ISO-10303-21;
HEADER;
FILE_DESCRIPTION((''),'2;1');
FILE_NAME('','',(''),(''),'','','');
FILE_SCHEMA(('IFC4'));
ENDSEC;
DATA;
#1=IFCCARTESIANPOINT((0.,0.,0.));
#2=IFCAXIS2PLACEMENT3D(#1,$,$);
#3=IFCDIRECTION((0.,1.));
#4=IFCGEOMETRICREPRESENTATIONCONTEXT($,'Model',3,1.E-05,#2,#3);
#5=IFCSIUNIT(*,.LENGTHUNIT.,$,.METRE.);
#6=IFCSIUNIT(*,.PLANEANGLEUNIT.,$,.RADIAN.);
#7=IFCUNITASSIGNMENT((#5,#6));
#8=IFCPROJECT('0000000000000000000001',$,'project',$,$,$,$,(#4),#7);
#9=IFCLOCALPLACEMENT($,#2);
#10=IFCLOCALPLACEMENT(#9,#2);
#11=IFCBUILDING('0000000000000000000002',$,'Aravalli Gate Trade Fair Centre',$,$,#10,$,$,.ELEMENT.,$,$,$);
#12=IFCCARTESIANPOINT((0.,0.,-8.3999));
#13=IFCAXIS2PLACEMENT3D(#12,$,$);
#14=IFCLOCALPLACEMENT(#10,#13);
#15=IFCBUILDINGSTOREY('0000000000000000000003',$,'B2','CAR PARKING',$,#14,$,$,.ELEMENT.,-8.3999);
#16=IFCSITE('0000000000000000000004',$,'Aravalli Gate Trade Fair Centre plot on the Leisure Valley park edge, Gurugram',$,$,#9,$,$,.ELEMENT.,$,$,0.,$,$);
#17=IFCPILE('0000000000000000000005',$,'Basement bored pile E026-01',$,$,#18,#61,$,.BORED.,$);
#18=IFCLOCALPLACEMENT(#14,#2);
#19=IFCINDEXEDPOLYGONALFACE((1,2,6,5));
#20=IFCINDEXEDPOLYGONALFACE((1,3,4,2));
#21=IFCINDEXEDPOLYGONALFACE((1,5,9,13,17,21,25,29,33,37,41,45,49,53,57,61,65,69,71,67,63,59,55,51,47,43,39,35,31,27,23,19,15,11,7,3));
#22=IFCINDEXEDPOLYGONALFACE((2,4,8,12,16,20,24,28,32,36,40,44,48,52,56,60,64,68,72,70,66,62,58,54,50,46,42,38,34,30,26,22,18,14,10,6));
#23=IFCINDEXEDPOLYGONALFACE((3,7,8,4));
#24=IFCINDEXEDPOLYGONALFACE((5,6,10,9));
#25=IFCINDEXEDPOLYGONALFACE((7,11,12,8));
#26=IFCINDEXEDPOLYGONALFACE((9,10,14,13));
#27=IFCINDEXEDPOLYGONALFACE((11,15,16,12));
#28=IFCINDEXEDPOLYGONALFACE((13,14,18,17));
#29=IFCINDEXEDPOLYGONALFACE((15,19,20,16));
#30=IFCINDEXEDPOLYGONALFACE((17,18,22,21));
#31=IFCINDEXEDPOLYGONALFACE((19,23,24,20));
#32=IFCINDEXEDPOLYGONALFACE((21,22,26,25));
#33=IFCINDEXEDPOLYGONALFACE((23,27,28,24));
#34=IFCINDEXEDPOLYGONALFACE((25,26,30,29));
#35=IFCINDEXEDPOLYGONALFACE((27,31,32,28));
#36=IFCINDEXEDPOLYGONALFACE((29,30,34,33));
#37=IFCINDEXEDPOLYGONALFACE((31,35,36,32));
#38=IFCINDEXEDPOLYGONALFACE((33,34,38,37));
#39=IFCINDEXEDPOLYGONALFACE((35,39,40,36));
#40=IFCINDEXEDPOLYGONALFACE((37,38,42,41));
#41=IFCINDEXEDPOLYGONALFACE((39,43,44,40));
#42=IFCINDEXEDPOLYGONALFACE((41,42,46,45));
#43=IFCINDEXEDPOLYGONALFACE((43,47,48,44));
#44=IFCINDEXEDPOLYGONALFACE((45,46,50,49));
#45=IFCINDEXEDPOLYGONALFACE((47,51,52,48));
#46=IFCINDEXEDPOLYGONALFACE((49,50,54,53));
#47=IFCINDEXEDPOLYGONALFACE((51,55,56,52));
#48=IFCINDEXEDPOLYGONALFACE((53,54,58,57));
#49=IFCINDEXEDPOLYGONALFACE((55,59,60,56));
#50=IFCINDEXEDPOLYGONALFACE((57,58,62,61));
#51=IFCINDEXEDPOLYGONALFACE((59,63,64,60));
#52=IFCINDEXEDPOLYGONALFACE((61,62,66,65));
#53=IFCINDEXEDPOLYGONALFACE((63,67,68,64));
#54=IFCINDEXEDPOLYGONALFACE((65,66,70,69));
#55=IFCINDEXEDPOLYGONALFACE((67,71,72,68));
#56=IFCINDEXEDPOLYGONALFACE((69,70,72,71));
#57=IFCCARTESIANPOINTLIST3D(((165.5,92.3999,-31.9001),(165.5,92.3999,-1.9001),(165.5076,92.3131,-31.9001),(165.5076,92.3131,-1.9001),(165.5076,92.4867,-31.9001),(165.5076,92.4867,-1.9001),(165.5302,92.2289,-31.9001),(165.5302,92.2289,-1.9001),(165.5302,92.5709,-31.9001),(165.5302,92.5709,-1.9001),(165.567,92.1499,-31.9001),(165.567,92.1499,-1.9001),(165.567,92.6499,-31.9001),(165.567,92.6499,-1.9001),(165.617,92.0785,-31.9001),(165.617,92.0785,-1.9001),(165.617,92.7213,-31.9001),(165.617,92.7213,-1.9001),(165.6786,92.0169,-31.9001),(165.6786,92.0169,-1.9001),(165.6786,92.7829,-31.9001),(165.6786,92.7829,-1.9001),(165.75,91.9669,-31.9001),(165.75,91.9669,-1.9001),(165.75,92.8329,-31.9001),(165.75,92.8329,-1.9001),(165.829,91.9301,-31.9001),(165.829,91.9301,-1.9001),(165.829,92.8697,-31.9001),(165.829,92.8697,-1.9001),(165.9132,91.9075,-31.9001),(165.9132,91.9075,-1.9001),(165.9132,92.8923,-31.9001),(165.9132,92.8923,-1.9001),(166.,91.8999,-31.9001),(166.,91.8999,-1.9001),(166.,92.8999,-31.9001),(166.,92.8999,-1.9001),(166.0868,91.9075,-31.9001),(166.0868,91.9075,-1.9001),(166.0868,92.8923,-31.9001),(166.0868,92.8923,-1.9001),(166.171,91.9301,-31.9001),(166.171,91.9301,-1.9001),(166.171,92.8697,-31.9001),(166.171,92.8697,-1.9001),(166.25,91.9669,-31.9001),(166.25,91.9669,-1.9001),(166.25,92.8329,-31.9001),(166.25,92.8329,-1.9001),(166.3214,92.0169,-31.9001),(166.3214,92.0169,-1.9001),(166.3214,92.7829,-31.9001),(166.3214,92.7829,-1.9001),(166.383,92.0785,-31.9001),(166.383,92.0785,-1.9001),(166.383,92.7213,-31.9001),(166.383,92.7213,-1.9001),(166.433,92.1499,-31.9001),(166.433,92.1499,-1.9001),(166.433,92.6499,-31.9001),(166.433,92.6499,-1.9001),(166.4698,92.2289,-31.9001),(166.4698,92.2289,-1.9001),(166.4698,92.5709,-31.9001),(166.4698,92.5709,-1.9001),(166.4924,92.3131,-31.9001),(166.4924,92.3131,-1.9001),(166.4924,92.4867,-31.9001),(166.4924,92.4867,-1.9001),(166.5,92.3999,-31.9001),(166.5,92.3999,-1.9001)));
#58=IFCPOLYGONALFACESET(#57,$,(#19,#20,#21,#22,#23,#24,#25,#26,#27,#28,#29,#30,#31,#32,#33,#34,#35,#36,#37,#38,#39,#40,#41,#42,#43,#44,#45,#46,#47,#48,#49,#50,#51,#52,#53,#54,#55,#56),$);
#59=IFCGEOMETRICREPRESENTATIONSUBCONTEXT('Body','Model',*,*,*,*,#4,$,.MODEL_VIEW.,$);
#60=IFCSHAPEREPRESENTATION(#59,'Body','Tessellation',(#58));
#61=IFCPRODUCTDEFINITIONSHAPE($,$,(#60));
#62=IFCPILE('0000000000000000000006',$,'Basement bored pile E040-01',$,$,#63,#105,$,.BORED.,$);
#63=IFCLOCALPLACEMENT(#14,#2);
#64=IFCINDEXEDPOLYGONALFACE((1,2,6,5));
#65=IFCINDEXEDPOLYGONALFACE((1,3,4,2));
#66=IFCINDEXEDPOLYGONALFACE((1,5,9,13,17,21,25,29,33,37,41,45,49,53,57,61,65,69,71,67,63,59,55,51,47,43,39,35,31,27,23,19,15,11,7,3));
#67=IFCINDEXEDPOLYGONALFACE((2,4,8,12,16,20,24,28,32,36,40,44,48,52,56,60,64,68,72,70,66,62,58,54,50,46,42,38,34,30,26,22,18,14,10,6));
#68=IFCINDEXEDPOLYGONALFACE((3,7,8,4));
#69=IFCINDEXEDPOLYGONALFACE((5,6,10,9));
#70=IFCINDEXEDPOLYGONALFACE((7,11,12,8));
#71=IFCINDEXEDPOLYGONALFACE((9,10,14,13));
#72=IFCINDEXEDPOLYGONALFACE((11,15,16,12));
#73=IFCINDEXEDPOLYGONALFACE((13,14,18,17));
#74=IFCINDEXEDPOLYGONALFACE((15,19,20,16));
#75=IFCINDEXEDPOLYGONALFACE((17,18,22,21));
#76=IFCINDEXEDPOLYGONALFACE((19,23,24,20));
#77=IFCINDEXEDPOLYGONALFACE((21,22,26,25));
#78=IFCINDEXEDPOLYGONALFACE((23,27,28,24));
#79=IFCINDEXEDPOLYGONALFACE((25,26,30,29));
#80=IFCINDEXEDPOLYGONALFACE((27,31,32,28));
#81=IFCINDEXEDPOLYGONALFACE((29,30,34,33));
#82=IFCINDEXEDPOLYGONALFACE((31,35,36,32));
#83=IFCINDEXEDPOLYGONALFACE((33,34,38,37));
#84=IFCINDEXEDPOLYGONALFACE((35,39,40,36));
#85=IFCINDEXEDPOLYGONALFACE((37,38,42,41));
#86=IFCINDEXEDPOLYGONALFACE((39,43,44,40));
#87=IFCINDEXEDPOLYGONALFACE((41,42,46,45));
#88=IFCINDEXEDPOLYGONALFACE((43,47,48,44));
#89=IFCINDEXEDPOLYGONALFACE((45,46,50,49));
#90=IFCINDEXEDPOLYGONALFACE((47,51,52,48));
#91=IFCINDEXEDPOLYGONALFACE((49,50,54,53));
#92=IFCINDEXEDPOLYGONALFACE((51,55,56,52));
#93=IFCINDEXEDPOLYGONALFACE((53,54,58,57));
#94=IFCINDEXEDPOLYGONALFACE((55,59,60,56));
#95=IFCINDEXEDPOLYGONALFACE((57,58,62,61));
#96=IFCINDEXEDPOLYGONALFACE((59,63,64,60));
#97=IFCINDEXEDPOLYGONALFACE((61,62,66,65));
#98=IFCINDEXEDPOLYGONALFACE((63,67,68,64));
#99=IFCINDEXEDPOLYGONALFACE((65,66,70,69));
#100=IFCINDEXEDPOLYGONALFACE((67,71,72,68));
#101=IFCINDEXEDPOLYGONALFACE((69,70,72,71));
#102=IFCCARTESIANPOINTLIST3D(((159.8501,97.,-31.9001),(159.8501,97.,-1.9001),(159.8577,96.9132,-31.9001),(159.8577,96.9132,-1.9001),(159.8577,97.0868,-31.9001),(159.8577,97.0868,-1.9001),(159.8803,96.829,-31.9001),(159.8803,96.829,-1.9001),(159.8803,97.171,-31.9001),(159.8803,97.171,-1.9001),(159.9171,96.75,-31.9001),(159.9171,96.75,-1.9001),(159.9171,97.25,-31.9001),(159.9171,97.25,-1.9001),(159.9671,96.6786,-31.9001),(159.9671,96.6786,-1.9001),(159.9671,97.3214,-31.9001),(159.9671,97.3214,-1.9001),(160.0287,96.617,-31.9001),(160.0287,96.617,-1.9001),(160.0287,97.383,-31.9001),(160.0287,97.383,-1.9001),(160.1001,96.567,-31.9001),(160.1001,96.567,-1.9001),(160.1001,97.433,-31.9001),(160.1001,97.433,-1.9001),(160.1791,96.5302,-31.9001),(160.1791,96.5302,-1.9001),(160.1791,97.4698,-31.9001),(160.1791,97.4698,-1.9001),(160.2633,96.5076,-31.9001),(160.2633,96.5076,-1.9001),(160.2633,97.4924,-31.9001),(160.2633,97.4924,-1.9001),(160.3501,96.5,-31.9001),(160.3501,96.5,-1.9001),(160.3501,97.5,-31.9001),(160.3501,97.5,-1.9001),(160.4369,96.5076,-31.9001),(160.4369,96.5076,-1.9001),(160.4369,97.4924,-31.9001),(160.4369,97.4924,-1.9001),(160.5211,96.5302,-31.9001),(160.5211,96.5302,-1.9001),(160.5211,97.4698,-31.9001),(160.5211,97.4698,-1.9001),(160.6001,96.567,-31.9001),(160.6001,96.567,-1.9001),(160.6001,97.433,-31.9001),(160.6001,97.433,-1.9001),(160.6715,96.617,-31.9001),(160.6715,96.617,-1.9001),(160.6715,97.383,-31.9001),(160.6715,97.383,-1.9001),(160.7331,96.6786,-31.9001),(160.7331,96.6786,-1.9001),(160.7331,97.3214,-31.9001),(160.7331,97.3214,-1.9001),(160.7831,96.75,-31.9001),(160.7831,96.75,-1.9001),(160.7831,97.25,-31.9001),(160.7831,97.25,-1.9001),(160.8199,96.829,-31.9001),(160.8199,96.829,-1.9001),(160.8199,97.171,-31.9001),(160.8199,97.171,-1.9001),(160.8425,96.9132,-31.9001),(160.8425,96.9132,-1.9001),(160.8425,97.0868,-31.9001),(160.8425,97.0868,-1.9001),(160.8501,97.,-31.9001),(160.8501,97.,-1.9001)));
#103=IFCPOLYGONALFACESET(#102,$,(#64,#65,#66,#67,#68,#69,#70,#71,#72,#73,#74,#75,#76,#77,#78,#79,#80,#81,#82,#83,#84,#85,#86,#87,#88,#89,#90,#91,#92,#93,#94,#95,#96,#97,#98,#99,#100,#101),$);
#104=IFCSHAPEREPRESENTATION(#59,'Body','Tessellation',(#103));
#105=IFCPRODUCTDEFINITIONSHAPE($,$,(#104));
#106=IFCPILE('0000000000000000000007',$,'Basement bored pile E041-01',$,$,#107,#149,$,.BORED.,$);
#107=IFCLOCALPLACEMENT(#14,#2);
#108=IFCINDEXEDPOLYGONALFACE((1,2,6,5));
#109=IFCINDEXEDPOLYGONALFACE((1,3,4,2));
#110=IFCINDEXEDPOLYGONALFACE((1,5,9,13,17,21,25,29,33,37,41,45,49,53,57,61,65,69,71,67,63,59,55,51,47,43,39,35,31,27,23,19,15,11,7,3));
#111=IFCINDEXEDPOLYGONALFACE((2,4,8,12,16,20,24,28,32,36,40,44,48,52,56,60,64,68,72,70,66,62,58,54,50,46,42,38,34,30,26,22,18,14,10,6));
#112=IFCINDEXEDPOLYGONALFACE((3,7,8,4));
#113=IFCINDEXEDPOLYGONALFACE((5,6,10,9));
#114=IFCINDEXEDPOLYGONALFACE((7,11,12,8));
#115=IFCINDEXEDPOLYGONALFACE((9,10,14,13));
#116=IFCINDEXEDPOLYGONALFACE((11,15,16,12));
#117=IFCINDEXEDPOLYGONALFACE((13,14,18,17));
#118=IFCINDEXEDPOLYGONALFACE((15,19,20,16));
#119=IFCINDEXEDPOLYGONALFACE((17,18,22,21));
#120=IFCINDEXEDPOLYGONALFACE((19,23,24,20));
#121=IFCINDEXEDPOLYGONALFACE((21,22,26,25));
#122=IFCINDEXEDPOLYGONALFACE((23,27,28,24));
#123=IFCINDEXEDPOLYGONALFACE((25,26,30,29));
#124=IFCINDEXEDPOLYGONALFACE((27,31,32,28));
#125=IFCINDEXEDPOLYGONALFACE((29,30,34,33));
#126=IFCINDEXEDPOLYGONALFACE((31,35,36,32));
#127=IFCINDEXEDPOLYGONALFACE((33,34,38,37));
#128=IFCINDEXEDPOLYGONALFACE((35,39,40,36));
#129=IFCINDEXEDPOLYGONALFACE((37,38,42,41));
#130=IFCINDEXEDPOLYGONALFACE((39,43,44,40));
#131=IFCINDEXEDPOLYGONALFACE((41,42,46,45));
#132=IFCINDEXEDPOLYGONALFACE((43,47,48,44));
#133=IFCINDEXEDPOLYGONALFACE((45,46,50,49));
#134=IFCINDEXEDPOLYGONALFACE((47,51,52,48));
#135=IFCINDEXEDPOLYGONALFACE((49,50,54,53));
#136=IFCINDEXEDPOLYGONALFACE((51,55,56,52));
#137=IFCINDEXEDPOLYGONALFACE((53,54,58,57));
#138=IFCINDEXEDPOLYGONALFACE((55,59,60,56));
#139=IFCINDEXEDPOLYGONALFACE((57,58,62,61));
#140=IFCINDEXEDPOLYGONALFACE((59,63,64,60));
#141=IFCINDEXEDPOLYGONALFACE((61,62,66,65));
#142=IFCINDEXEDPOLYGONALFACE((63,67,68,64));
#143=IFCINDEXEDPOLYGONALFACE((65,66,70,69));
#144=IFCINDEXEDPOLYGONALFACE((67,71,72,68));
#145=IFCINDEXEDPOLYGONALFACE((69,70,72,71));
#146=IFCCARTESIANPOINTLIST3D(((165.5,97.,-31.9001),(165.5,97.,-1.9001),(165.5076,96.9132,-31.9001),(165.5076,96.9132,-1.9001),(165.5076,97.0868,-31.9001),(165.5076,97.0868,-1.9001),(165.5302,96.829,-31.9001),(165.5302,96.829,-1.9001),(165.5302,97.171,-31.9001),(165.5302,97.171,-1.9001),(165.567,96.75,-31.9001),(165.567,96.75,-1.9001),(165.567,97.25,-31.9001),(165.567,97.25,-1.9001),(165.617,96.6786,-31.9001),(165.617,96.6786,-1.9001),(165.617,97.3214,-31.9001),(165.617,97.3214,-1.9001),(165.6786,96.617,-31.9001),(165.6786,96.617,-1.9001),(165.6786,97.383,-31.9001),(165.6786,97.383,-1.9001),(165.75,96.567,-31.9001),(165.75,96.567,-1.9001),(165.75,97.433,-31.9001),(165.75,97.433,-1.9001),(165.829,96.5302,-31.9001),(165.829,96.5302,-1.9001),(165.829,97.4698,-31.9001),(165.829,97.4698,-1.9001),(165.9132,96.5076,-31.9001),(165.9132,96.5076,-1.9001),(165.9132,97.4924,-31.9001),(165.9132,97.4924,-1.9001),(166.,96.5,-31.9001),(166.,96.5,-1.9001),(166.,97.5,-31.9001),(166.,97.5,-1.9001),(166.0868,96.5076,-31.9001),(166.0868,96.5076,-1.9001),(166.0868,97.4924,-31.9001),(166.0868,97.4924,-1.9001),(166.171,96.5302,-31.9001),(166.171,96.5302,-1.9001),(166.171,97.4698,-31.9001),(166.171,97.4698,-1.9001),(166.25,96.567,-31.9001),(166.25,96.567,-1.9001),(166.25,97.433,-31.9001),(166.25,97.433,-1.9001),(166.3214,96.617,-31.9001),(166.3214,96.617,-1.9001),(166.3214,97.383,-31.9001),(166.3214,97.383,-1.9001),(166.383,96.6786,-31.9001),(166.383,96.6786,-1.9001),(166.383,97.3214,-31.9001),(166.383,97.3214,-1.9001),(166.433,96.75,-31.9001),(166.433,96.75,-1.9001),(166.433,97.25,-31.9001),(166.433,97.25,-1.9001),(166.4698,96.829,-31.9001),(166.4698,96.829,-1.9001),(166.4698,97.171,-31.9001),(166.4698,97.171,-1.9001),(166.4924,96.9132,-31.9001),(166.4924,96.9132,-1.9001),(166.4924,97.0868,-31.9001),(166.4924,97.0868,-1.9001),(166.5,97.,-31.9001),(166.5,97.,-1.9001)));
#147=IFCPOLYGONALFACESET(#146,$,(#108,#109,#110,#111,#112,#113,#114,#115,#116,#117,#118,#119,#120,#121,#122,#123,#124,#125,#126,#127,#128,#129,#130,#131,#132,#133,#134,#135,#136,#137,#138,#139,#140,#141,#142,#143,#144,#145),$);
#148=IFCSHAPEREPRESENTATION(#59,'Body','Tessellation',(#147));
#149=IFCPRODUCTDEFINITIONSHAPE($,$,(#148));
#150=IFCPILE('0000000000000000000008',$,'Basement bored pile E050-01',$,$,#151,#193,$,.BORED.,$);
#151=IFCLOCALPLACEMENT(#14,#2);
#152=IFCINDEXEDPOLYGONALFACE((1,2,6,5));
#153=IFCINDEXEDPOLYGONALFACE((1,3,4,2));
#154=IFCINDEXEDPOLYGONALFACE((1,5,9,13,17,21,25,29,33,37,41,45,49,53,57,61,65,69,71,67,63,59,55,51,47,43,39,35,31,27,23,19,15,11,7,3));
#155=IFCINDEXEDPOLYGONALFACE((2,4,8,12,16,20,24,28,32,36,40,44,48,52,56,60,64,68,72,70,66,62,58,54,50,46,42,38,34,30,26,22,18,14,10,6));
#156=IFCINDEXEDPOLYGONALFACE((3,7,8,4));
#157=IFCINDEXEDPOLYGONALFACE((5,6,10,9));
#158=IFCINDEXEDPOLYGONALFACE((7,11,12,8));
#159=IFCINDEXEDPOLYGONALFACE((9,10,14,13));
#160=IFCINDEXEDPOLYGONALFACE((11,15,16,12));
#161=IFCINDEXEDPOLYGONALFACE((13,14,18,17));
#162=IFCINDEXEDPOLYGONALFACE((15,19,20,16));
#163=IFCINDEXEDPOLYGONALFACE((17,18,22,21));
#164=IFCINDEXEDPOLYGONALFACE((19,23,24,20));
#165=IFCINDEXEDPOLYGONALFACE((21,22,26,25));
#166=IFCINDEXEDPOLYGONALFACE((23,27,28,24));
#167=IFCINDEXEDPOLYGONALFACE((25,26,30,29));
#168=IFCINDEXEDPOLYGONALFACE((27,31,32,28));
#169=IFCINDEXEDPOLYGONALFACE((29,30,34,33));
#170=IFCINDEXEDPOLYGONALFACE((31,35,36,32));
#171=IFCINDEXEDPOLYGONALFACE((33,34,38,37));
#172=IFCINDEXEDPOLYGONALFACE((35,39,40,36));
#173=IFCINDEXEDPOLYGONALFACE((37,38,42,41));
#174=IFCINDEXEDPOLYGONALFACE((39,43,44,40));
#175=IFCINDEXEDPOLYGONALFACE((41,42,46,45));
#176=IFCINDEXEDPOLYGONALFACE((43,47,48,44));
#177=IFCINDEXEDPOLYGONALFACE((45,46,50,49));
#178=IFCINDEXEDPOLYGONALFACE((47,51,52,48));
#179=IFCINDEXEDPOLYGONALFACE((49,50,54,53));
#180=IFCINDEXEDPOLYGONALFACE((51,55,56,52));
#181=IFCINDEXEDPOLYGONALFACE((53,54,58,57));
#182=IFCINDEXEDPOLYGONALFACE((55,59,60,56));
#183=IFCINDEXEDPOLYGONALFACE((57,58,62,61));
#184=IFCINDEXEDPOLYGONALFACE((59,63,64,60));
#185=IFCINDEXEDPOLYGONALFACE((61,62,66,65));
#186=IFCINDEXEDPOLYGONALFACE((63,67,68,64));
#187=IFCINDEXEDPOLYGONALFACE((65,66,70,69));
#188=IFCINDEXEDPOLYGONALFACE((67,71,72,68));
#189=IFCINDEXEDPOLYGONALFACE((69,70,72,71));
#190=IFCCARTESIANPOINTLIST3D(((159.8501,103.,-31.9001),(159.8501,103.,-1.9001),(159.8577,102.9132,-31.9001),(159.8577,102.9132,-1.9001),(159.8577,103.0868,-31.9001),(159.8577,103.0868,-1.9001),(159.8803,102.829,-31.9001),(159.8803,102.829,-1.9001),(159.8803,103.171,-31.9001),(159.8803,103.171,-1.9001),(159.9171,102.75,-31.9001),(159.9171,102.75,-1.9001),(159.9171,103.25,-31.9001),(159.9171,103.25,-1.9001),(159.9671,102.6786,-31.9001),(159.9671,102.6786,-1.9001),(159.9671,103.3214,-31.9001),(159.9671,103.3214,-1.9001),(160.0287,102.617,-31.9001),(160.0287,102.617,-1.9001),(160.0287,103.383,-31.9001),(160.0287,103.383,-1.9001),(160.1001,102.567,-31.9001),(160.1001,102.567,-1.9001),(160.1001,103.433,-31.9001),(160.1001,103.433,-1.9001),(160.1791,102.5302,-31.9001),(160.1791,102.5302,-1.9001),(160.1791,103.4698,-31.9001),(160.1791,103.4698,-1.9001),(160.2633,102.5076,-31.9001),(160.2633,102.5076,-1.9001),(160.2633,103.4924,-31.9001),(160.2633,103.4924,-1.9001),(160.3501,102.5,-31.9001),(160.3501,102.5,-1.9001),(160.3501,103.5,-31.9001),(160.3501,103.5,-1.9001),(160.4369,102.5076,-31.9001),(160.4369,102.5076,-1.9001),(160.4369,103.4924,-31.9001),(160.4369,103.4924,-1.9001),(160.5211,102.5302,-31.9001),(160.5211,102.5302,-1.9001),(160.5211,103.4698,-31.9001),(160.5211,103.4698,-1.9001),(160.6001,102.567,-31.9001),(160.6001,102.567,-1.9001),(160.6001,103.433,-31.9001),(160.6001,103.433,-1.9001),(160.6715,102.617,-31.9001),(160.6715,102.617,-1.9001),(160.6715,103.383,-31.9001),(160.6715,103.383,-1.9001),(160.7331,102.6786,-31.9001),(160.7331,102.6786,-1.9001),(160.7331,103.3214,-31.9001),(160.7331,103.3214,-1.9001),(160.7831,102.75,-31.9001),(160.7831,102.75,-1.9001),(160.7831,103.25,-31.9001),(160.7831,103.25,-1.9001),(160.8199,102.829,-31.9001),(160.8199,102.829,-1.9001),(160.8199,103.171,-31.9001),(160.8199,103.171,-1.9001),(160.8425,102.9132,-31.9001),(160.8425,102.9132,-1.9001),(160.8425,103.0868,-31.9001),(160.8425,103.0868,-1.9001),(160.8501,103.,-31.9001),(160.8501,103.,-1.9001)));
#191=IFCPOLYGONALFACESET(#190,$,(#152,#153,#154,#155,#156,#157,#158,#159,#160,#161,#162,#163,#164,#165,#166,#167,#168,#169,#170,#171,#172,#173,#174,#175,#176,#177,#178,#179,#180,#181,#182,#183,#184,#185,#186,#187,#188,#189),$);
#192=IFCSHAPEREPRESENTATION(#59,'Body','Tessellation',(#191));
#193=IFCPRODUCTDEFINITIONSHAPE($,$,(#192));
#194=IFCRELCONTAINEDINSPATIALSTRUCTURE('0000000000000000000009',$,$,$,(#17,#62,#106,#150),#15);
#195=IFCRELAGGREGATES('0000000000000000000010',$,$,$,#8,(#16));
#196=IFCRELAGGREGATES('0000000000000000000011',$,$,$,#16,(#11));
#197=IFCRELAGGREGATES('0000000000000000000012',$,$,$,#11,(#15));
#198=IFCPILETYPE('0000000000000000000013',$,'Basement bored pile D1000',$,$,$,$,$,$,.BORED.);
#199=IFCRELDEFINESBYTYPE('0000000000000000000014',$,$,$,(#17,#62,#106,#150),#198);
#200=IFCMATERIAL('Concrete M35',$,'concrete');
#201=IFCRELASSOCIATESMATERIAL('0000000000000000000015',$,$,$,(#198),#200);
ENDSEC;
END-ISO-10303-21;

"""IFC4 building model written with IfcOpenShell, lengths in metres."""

from ifc_helpers import new_model, si_unit, direction, frame, origin, origin_2d, place, context, subcontext, project, spatial, circle, extrude, material, material_profile, profile_set, type_object, element, save


model = new_model("IFC4")

# Units and contexts
model_context = context("Model", 3, precision=1e-05, world=origin(), true_north=direction((0.0, 1.0)))
body_context = subcontext(model_context, "Body", "Model", "MODEL_VIEW")
ifc_project = project(units=[si_unit("LENGTHUNIT", "METRE"), si_unit("PLANEANGLEUNIT", "RADIAN")], contexts=[model_context])

# Site, building, storey
site_placement = place(None, origin())
site = spatial("IfcSite", under=ifc_project, at=site_placement, Name="Aravalli Gate Trade Fair Centre plot on the Leisure Valley park edge, Gurugram", CompositionType="ELEMENT", RefElevation=0.0)
building_placement = place(site_placement, origin())
building = spatial("IfcBuilding", under=site, at=building_placement, Name="Aravalli Gate Trade Fair Centre", CompositionType="ELEMENT")
storey_placement = place(building_placement, frame((0.0, 0.0, -8.3999)))
storey = spatial("IfcBuildingStorey", under=building, at=storey_placement, Name="B2", Description="CAR PARKING", CompositionType="ELEMENT", Elevation=-8.3999)

# Piles
ifc_material_1 = material(Name="Concrete M35", Category="concrete")
ifc_material_profile_1 = material_profile(ifc_material_1, circle(Radius=0.5, at=origin_2d()), Name="D1000")
ifc_profile_set_1 = profile_set([ifc_material_profile_1], Name="Concrete M35")
pile_type = type_object("IfcPileType", Name="Basement bored pile D1000", PredefinedType="BORED", material=ifc_profile_set_1)
for number, where, z_axis, x_axis, name in (
    (1, (166.0, 92.3999, -1.9001), (0.0, 0.0, -1.0), (1.0, 0.0, 0.0), "Basement bored pile E026-01"),
    (2, (160.3501, 97.0, -1.9001), (0.0, 0.0, -1.0), (1.0, 0.0, 0.0), "Basement bored pile E040-01"),
    (3, (166.0, 97.0, -1.9001), (0.0, 0.0, -1.0), (1.0, 0.0, 0.0), "Basement bored pile E041-01"),
    (4, (160.3501, 103.0, -1.9001), (0.0, 0.0, -1.0), (1.0, 0.0, 0.0), "Basement bored pile E050-01"),
):
    element("IfcPile", number, at=place(storey_placement, frame(where, z_axis=z_axis, x_axis=x_axis)), inside=storey, type_object=pile_type, Name=name, PredefinedType="BORED", context=body_context, shape_type="SweptSolid", body=[
        extrude(circle(Radius=0.5, at=origin_2d()), origin(), (0.0, 0.0, 1.0), 30.0),
    ])

save(model, "model.ifc")
